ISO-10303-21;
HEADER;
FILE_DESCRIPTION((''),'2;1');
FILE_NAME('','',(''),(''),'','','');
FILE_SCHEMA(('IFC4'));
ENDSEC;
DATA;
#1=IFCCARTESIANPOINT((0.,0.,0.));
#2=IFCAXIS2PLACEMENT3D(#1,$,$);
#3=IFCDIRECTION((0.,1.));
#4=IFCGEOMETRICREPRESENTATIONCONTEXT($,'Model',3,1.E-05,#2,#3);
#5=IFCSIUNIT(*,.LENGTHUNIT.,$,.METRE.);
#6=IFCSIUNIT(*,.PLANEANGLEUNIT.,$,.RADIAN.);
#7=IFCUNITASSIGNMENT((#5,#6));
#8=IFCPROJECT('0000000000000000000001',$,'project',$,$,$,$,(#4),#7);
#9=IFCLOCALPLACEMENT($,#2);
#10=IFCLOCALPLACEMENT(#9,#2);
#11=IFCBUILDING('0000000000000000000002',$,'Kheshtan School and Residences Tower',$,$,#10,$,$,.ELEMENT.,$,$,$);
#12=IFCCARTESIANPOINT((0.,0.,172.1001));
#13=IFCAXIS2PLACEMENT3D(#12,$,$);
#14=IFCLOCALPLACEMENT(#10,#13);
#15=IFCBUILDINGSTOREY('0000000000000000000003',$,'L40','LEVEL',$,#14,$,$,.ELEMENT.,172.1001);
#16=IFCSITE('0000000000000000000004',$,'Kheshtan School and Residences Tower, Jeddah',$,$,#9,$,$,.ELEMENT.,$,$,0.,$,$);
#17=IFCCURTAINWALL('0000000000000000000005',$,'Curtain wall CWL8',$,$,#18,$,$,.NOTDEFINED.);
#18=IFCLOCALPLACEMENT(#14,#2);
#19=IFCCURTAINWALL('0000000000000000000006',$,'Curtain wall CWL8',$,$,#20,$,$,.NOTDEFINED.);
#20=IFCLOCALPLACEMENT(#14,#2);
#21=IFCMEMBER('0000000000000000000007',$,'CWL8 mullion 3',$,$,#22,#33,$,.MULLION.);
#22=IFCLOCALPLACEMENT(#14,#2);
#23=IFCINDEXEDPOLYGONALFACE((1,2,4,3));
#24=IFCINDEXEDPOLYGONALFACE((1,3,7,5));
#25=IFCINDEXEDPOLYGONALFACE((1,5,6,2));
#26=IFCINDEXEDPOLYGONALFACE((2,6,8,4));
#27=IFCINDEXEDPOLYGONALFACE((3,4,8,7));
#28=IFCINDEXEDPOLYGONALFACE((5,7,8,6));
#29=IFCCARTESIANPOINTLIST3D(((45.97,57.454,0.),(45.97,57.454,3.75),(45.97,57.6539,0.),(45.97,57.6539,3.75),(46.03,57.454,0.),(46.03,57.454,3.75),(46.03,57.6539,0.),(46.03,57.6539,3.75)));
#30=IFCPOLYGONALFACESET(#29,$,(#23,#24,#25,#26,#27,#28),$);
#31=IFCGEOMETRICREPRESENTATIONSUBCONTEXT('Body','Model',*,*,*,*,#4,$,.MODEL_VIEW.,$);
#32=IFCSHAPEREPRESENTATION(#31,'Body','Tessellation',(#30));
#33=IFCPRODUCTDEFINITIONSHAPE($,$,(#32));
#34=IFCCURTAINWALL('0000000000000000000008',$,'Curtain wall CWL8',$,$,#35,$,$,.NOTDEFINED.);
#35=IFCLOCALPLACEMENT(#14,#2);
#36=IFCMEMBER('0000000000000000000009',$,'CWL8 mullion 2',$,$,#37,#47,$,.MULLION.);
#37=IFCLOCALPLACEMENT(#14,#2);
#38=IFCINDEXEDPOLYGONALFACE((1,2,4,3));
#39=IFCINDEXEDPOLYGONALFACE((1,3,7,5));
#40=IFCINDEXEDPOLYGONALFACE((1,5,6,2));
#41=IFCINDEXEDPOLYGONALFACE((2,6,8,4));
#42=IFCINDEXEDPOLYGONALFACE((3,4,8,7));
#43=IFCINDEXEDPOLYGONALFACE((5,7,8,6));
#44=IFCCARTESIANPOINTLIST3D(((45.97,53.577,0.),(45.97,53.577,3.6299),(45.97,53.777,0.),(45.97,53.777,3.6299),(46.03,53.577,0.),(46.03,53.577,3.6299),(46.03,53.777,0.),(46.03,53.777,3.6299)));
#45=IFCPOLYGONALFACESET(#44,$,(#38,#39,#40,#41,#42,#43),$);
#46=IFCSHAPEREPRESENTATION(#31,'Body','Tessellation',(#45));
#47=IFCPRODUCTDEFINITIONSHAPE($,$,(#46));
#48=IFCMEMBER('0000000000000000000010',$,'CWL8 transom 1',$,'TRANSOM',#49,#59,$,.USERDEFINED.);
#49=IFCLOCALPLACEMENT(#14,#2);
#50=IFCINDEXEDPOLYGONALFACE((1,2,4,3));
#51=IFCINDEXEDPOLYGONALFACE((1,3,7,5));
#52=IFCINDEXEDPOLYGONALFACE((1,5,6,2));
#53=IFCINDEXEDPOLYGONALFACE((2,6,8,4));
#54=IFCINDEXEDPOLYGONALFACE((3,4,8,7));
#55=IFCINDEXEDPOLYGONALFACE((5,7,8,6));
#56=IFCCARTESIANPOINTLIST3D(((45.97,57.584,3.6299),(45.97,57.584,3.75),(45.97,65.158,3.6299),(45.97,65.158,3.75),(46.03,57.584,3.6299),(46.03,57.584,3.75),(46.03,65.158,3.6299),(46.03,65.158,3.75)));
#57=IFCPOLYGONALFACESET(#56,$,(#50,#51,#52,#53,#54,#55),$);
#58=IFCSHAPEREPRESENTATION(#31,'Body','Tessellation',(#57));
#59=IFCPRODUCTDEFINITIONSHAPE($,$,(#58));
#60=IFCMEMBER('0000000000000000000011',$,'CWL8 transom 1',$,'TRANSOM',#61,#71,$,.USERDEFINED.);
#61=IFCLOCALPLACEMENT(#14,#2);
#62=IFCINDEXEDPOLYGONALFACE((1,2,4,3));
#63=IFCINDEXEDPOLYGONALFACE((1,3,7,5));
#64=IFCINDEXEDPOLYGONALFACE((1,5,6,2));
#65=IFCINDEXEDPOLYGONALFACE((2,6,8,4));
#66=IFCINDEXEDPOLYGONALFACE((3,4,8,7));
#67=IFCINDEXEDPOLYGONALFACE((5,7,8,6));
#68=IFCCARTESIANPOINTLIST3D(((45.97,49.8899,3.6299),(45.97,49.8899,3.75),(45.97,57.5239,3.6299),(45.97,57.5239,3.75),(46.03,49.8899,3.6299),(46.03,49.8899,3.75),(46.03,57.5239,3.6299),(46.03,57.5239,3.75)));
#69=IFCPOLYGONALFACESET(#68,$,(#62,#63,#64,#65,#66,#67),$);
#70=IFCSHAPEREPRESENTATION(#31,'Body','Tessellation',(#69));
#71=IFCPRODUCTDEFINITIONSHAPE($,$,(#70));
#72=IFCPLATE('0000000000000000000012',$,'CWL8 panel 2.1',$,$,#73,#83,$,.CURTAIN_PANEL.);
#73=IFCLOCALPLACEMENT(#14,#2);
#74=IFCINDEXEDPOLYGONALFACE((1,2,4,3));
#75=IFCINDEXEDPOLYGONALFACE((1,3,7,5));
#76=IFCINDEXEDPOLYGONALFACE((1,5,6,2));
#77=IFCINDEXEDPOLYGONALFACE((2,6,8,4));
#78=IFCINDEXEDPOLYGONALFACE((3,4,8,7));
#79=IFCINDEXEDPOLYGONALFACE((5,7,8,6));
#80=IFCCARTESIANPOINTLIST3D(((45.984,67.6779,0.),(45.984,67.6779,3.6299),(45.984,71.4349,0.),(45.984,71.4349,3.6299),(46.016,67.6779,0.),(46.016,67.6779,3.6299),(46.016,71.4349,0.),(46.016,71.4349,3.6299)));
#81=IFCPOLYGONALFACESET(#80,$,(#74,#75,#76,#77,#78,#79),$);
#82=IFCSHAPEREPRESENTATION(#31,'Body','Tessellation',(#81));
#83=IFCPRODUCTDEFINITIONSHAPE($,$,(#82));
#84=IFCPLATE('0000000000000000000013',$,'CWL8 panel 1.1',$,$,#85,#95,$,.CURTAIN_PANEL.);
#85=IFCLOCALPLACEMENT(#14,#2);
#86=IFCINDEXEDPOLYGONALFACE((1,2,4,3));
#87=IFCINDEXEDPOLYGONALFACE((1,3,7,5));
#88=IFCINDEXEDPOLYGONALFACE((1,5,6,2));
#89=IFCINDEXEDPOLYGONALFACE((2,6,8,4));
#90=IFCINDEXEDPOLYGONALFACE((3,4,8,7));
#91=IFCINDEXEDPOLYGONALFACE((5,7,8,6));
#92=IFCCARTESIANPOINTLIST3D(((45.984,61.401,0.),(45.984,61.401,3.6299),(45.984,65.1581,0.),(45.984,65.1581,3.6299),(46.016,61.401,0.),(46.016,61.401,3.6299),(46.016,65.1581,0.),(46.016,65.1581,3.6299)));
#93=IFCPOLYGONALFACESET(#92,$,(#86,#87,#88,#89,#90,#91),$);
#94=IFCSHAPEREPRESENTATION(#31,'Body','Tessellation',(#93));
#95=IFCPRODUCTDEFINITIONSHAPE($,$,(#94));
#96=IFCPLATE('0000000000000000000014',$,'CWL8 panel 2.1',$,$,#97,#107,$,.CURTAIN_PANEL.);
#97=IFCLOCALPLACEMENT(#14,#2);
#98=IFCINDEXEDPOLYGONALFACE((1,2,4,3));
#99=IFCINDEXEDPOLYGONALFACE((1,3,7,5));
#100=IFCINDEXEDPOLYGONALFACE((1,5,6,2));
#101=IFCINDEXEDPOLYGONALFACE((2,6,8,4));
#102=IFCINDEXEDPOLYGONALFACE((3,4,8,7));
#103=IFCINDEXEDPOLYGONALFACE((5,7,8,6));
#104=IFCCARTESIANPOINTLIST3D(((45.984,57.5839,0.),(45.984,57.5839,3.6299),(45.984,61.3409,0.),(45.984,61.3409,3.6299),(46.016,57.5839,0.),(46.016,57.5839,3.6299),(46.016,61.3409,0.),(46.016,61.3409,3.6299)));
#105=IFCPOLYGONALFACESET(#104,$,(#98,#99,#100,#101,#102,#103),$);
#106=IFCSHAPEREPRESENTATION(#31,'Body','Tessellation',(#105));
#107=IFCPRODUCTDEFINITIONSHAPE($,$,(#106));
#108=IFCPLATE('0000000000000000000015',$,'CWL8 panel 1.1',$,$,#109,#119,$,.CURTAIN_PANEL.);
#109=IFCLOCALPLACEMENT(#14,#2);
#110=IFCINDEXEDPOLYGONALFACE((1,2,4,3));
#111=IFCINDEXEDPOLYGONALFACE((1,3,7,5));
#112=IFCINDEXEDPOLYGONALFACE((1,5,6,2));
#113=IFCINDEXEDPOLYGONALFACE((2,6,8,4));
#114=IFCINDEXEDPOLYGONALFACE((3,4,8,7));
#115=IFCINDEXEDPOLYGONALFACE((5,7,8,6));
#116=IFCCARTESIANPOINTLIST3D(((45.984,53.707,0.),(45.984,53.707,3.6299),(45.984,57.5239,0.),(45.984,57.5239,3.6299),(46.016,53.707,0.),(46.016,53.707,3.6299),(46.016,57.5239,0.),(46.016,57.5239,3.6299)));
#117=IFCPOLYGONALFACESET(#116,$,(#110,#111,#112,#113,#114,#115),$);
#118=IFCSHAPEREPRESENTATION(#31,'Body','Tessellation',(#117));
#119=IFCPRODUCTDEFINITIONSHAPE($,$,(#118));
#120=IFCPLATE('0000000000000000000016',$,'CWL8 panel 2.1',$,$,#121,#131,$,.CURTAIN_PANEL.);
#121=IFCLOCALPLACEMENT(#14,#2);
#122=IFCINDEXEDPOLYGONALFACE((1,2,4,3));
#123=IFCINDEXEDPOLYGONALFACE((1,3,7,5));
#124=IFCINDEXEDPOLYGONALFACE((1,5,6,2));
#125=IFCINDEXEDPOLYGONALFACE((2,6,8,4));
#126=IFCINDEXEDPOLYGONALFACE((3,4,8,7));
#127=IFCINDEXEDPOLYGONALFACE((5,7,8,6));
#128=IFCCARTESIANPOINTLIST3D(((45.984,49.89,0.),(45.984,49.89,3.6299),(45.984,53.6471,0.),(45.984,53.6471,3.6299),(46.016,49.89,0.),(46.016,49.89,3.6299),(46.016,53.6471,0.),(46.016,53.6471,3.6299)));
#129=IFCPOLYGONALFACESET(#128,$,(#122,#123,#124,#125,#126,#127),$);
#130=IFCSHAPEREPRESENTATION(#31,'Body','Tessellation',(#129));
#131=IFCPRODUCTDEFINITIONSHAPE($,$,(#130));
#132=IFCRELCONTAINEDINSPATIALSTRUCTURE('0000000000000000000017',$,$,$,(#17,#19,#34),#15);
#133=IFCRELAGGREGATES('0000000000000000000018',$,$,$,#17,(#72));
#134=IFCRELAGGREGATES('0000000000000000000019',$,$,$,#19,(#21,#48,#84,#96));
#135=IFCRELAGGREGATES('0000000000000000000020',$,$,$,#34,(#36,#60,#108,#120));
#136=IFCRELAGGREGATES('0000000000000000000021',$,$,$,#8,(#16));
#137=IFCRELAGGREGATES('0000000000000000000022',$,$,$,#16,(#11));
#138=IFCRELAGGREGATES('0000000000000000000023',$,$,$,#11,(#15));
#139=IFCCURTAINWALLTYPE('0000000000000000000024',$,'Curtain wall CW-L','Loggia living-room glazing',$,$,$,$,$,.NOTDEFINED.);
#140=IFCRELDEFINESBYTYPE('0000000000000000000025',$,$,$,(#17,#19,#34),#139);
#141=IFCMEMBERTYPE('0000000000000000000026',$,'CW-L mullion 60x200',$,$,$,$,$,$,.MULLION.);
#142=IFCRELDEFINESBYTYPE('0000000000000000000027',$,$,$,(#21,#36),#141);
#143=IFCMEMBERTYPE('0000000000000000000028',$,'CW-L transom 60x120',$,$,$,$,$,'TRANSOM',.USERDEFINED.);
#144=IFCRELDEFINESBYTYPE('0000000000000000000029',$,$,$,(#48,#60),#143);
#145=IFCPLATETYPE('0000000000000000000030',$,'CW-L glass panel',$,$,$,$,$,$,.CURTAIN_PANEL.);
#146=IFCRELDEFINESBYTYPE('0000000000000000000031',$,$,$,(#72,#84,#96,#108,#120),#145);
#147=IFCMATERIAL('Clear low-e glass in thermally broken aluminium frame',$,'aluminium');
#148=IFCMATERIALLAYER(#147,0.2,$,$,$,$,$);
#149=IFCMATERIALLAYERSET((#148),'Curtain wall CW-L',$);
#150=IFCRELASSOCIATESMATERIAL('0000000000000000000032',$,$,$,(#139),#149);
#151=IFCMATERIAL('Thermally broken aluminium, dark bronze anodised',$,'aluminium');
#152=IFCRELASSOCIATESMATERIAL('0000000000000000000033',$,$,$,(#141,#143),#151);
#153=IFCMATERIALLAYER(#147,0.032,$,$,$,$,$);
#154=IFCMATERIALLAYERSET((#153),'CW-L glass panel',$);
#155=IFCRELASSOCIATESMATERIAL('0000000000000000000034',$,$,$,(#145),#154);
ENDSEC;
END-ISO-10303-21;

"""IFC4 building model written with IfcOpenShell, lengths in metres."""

from ifc_helpers import new_model, si_unit, direction, frame, origin, origin_2d, place, context, subcontext, project, spatial, rectangle, extrude, material, layer, layer_set, material_profile, profile_set, type_object, element, aggregate, save


model = new_model("IFC4")

# Units and contexts
model_context = context("Model", 3, precision=1e-05, world=origin(), true_north=direction((0.0, 1.0)))
body_context = subcontext(model_context, "Body", "Model", "MODEL_VIEW")
ifc_project = project(units=[si_unit("LENGTHUNIT", "METRE"), si_unit("PLANEANGLEUNIT", "RADIAN")], contexts=[model_context])

# Site, building, storey
site_placement = place(None, origin())
site = spatial("IfcSite", under=ifc_project, at=site_placement, Name="Kheshtan School and Residences Tower, Jeddah", CompositionType="ELEMENT", RefElevation=0.0)
building_placement = place(site_placement, origin())
building = spatial("IfcBuilding", under=site, at=building_placement, Name="Kheshtan School and Residences Tower", CompositionType="ELEMENT")
storey_placement = place(building_placement, frame((0.0, 0.0, 172.1001)))
storey = spatial("IfcBuildingStorey", under=building, at=storey_placement, Name="L40", Description="LEVEL", CompositionType="ELEMENT", Elevation=172.1001)

# Curtain walls, member
ifc_material_1 = material(Name="Clear low-e glass in thermally broken aluminium frame", Category="aluminium")
ifc_layer_1 = layer(ifc_material_1, 0.2)
ifc_layer_set_1 = layer_set([ifc_layer_1], Name="Curtain wall CW-L")
curtain_wall_type = type_object("IfcCurtainWallType", Name="Curtain wall CW-L", Description="Loggia living-room glazing", PredefinedType="NOTDEFINED", material=ifc_layer_set_1)
curtain_wall_1_placement = place(storey_placement, origin())
curtain_wall_1 = element("IfcCurtainWall", 1, at=curtain_wall_1_placement, inside=storey, type_object=curtain_wall_type, Name="Curtain wall CWL8", PredefinedType="NOTDEFINED")
ifc_material_2 = material(Name="Thermally broken aluminium, dark bronze anodised", Category="aluminium")
ifc_material_profile_1 = material_profile(ifc_material_2, rectangle(XDim=0.0601, YDim=0.2, at=origin_2d()), Name="CW-L mullion 60x200")
ifc_profile_set_1 = profile_set([ifc_material_profile_1], Name="Thermally broken aluminium, dark bronze anodised")
member_type_1 = type_object("IfcMemberType", Name="CW-L mullion 60x200", PredefinedType="MULLION", material=ifc_profile_set_1)
curtain_wall_2_placement = place(storey_placement, origin())
curtain_wall_2 = element("IfcCurtainWall", 2, at=curtain_wall_2_placement, inside=storey, type_object=curtain_wall_type, Name="Curtain wall CWL8", PredefinedType="NOTDEFINED")
member_1_placement = place(storey_placement, frame((46.0, 57.554, 0.0), z_axis=(0.0, 0.0, 1.0), x_axis=(1.0, 0.0, 0.0)))
member_1 = element("IfcMember", 3, at=member_1_placement, type_object=member_type_1, Name="CWL8 mullion 3", PredefinedType="MULLION", context=body_context, shape_type="SweptSolid", body=[
    extrude(rectangle(XDim=0.0601, YDim=0.2, at=origin_2d()), origin(), (0.0, 0.0, 1.0), 3.75),
])

# Curtain wall, member
curtain_wall_3_placement = place(storey_placement, origin())
curtain_wall_3 = element("IfcCurtainWall", 4, at=curtain_wall_3_placement, inside=storey, type_object=curtain_wall_type, Name="Curtain wall CWL8", PredefinedType="NOTDEFINED")
member_2_placement = place(storey_placement, frame((46.0, 53.677, 0.0), z_axis=(0.0, 0.0, 1.0), x_axis=(1.0, 0.0, 0.0)))
member_2 = element("IfcMember", 5, at=member_2_placement, type_object=member_type_1, Name="CWL8 mullion 2", PredefinedType="MULLION", context=body_context, shape_type="SweptSolid", body=[
    extrude(rectangle(XDim=0.0601, YDim=0.2, at=origin_2d()), origin(), (0.0, 0.0, 1.0), 3.6299),
])

# Members
ifc_material_profile_2 = material_profile(ifc_material_2, rectangle(XDim=0.0601, YDim=0.1201, at=origin_2d()), Name="CW-L transom 60x120")
ifc_profile_set_2 = profile_set([ifc_material_profile_2], Name="Thermally broken aluminium, dark bronze anodised")
member_type_2 = type_object("IfcMemberType", Name="CW-L transom 60x120", ElementType="TRANSOM", PredefinedType="USERDEFINED", material=ifc_profile_set_2)
member_3_placement = place(storey_placement, frame((46.0, 65.158, 3.6899), z_axis=(0.0, -1.0, 0.0), x_axis=(1.0, 0.0, 0.0)))
member_3 = element("IfcMember", 6, at=member_3_placement, type_object=member_type_2, Name="CWL8 transom 1", ObjectType="TRANSOM", PredefinedType="USERDEFINED", context=body_context, shape_type="SweptSolid", body=[
    extrude(rectangle(XDim=0.0601, YDim=0.1201, at=origin_2d()), origin(), (0.0, 0.0, 1.0), 7.574),
])
member_4_placement = place(storey_placement, frame((46.0, 57.5239, 3.6899), z_axis=(0.0, -1.0, 0.0), x_axis=(1.0, 0.0, 0.0)))
member_4 = element("IfcMember", 7, at=member_4_placement, type_object=member_type_2, Name="CWL8 transom 1", ObjectType="TRANSOM", PredefinedType="USERDEFINED", context=body_context, shape_type="SweptSolid", body=[
    extrude(rectangle(XDim=0.0601, YDim=0.1201, at=origin_2d()), origin(), (0.0, 0.0, 1.0), 7.634),
])

# Plates
ifc_layer_2 = layer(ifc_material_1, 0.032)
ifc_layer_set_2 = layer_set([ifc_layer_2], Name="CW-L glass panel")
plate_type = type_object("IfcPlateType", Name="CW-L glass panel", PredefinedType="CURTAIN_PANEL", material=ifc_layer_set_2)
plate_1_placement = place(storey_placement, frame((46.0, 69.5564, 0.0), z_axis=(0.0, 0.0, 1.0), x_axis=(0.0, -1.0, 0.0)))
plate_1 = element("IfcPlate", 8, at=plate_1_placement, type_object=plate_type, Name="CWL8 panel 2.1", PredefinedType="CURTAIN_PANEL", context=body_context, shape_type="SweptSolid", body=[
    extrude(rectangle(XDim=3.7571, YDim=0.032, at=origin_2d()), origin(), (0.0, 0.0, 1.0), 3.6299),
])
aggregate(curtain_wall_1, [plate_1])
plate_2_placement = place(storey_placement, frame((46.0, 63.2795, 0.0), z_axis=(0.0, 0.0, 1.0), x_axis=(0.0, -1.0, 0.0)))
plate_2 = element("IfcPlate", 9, at=plate_2_placement, type_object=plate_type, Name="CWL8 panel 1.1", PredefinedType="CURTAIN_PANEL", context=body_context, shape_type="SweptSolid", body=[
    extrude(rectangle(XDim=3.7571, YDim=0.032, at=origin_2d()), origin(), (0.0, 0.0, 1.0), 3.6299),
])
plate_3_placement = place(storey_placement, frame((46.0, 59.4624, 0.0), z_axis=(0.0, 0.0, 1.0), x_axis=(0.0, -1.0, 0.0)))
plate_3 = element("IfcPlate", 10, at=plate_3_placement, type_object=plate_type, Name="CWL8 panel 2.1", PredefinedType="CURTAIN_PANEL", context=body_context, shape_type="SweptSolid", body=[
    extrude(rectangle(XDim=3.7571, YDim=0.032, at=origin_2d()), origin(), (0.0, 0.0, 1.0), 3.6299),
])
aggregate(curtain_wall_2, [member_1, member_3, plate_2, plate_3])
plate_4_placement = place(storey_placement, frame((46.0, 55.6155, 0.0), z_axis=(0.0, 0.0, 1.0), x_axis=(0.0, -1.0, 0.0)))
plate_4 = element("IfcPlate", 11, at=plate_4_placement, type_object=plate_type, Name="CWL8 panel 1.1", PredefinedType="CURTAIN_PANEL", context=body_context, shape_type="SweptSolid", body=[
    extrude(rectangle(XDim=3.8169, YDim=0.032, at=origin_2d()), origin(), (0.0, 0.0, 1.0), 3.6299),
])
plate_5_placement = place(storey_placement, frame((46.0, 51.7686, 0.0), z_axis=(0.0, 0.0, 1.0), x_axis=(0.0, -1.0, 0.0)))
plate_5 = element("IfcPlate", 12, at=plate_5_placement, type_object=plate_type, Name="CWL8 panel 2.1", PredefinedType="CURTAIN_PANEL", context=body_context, shape_type="SweptSolid", body=[
    extrude(rectangle(XDim=3.7571, YDim=0.032, at=origin_2d()), origin(), (0.0, 0.0, 1.0), 3.6299),
])
aggregate(curtain_wall_3, [member_2, member_4, plate_4, plate_5])

save(model, "model.ifc")
